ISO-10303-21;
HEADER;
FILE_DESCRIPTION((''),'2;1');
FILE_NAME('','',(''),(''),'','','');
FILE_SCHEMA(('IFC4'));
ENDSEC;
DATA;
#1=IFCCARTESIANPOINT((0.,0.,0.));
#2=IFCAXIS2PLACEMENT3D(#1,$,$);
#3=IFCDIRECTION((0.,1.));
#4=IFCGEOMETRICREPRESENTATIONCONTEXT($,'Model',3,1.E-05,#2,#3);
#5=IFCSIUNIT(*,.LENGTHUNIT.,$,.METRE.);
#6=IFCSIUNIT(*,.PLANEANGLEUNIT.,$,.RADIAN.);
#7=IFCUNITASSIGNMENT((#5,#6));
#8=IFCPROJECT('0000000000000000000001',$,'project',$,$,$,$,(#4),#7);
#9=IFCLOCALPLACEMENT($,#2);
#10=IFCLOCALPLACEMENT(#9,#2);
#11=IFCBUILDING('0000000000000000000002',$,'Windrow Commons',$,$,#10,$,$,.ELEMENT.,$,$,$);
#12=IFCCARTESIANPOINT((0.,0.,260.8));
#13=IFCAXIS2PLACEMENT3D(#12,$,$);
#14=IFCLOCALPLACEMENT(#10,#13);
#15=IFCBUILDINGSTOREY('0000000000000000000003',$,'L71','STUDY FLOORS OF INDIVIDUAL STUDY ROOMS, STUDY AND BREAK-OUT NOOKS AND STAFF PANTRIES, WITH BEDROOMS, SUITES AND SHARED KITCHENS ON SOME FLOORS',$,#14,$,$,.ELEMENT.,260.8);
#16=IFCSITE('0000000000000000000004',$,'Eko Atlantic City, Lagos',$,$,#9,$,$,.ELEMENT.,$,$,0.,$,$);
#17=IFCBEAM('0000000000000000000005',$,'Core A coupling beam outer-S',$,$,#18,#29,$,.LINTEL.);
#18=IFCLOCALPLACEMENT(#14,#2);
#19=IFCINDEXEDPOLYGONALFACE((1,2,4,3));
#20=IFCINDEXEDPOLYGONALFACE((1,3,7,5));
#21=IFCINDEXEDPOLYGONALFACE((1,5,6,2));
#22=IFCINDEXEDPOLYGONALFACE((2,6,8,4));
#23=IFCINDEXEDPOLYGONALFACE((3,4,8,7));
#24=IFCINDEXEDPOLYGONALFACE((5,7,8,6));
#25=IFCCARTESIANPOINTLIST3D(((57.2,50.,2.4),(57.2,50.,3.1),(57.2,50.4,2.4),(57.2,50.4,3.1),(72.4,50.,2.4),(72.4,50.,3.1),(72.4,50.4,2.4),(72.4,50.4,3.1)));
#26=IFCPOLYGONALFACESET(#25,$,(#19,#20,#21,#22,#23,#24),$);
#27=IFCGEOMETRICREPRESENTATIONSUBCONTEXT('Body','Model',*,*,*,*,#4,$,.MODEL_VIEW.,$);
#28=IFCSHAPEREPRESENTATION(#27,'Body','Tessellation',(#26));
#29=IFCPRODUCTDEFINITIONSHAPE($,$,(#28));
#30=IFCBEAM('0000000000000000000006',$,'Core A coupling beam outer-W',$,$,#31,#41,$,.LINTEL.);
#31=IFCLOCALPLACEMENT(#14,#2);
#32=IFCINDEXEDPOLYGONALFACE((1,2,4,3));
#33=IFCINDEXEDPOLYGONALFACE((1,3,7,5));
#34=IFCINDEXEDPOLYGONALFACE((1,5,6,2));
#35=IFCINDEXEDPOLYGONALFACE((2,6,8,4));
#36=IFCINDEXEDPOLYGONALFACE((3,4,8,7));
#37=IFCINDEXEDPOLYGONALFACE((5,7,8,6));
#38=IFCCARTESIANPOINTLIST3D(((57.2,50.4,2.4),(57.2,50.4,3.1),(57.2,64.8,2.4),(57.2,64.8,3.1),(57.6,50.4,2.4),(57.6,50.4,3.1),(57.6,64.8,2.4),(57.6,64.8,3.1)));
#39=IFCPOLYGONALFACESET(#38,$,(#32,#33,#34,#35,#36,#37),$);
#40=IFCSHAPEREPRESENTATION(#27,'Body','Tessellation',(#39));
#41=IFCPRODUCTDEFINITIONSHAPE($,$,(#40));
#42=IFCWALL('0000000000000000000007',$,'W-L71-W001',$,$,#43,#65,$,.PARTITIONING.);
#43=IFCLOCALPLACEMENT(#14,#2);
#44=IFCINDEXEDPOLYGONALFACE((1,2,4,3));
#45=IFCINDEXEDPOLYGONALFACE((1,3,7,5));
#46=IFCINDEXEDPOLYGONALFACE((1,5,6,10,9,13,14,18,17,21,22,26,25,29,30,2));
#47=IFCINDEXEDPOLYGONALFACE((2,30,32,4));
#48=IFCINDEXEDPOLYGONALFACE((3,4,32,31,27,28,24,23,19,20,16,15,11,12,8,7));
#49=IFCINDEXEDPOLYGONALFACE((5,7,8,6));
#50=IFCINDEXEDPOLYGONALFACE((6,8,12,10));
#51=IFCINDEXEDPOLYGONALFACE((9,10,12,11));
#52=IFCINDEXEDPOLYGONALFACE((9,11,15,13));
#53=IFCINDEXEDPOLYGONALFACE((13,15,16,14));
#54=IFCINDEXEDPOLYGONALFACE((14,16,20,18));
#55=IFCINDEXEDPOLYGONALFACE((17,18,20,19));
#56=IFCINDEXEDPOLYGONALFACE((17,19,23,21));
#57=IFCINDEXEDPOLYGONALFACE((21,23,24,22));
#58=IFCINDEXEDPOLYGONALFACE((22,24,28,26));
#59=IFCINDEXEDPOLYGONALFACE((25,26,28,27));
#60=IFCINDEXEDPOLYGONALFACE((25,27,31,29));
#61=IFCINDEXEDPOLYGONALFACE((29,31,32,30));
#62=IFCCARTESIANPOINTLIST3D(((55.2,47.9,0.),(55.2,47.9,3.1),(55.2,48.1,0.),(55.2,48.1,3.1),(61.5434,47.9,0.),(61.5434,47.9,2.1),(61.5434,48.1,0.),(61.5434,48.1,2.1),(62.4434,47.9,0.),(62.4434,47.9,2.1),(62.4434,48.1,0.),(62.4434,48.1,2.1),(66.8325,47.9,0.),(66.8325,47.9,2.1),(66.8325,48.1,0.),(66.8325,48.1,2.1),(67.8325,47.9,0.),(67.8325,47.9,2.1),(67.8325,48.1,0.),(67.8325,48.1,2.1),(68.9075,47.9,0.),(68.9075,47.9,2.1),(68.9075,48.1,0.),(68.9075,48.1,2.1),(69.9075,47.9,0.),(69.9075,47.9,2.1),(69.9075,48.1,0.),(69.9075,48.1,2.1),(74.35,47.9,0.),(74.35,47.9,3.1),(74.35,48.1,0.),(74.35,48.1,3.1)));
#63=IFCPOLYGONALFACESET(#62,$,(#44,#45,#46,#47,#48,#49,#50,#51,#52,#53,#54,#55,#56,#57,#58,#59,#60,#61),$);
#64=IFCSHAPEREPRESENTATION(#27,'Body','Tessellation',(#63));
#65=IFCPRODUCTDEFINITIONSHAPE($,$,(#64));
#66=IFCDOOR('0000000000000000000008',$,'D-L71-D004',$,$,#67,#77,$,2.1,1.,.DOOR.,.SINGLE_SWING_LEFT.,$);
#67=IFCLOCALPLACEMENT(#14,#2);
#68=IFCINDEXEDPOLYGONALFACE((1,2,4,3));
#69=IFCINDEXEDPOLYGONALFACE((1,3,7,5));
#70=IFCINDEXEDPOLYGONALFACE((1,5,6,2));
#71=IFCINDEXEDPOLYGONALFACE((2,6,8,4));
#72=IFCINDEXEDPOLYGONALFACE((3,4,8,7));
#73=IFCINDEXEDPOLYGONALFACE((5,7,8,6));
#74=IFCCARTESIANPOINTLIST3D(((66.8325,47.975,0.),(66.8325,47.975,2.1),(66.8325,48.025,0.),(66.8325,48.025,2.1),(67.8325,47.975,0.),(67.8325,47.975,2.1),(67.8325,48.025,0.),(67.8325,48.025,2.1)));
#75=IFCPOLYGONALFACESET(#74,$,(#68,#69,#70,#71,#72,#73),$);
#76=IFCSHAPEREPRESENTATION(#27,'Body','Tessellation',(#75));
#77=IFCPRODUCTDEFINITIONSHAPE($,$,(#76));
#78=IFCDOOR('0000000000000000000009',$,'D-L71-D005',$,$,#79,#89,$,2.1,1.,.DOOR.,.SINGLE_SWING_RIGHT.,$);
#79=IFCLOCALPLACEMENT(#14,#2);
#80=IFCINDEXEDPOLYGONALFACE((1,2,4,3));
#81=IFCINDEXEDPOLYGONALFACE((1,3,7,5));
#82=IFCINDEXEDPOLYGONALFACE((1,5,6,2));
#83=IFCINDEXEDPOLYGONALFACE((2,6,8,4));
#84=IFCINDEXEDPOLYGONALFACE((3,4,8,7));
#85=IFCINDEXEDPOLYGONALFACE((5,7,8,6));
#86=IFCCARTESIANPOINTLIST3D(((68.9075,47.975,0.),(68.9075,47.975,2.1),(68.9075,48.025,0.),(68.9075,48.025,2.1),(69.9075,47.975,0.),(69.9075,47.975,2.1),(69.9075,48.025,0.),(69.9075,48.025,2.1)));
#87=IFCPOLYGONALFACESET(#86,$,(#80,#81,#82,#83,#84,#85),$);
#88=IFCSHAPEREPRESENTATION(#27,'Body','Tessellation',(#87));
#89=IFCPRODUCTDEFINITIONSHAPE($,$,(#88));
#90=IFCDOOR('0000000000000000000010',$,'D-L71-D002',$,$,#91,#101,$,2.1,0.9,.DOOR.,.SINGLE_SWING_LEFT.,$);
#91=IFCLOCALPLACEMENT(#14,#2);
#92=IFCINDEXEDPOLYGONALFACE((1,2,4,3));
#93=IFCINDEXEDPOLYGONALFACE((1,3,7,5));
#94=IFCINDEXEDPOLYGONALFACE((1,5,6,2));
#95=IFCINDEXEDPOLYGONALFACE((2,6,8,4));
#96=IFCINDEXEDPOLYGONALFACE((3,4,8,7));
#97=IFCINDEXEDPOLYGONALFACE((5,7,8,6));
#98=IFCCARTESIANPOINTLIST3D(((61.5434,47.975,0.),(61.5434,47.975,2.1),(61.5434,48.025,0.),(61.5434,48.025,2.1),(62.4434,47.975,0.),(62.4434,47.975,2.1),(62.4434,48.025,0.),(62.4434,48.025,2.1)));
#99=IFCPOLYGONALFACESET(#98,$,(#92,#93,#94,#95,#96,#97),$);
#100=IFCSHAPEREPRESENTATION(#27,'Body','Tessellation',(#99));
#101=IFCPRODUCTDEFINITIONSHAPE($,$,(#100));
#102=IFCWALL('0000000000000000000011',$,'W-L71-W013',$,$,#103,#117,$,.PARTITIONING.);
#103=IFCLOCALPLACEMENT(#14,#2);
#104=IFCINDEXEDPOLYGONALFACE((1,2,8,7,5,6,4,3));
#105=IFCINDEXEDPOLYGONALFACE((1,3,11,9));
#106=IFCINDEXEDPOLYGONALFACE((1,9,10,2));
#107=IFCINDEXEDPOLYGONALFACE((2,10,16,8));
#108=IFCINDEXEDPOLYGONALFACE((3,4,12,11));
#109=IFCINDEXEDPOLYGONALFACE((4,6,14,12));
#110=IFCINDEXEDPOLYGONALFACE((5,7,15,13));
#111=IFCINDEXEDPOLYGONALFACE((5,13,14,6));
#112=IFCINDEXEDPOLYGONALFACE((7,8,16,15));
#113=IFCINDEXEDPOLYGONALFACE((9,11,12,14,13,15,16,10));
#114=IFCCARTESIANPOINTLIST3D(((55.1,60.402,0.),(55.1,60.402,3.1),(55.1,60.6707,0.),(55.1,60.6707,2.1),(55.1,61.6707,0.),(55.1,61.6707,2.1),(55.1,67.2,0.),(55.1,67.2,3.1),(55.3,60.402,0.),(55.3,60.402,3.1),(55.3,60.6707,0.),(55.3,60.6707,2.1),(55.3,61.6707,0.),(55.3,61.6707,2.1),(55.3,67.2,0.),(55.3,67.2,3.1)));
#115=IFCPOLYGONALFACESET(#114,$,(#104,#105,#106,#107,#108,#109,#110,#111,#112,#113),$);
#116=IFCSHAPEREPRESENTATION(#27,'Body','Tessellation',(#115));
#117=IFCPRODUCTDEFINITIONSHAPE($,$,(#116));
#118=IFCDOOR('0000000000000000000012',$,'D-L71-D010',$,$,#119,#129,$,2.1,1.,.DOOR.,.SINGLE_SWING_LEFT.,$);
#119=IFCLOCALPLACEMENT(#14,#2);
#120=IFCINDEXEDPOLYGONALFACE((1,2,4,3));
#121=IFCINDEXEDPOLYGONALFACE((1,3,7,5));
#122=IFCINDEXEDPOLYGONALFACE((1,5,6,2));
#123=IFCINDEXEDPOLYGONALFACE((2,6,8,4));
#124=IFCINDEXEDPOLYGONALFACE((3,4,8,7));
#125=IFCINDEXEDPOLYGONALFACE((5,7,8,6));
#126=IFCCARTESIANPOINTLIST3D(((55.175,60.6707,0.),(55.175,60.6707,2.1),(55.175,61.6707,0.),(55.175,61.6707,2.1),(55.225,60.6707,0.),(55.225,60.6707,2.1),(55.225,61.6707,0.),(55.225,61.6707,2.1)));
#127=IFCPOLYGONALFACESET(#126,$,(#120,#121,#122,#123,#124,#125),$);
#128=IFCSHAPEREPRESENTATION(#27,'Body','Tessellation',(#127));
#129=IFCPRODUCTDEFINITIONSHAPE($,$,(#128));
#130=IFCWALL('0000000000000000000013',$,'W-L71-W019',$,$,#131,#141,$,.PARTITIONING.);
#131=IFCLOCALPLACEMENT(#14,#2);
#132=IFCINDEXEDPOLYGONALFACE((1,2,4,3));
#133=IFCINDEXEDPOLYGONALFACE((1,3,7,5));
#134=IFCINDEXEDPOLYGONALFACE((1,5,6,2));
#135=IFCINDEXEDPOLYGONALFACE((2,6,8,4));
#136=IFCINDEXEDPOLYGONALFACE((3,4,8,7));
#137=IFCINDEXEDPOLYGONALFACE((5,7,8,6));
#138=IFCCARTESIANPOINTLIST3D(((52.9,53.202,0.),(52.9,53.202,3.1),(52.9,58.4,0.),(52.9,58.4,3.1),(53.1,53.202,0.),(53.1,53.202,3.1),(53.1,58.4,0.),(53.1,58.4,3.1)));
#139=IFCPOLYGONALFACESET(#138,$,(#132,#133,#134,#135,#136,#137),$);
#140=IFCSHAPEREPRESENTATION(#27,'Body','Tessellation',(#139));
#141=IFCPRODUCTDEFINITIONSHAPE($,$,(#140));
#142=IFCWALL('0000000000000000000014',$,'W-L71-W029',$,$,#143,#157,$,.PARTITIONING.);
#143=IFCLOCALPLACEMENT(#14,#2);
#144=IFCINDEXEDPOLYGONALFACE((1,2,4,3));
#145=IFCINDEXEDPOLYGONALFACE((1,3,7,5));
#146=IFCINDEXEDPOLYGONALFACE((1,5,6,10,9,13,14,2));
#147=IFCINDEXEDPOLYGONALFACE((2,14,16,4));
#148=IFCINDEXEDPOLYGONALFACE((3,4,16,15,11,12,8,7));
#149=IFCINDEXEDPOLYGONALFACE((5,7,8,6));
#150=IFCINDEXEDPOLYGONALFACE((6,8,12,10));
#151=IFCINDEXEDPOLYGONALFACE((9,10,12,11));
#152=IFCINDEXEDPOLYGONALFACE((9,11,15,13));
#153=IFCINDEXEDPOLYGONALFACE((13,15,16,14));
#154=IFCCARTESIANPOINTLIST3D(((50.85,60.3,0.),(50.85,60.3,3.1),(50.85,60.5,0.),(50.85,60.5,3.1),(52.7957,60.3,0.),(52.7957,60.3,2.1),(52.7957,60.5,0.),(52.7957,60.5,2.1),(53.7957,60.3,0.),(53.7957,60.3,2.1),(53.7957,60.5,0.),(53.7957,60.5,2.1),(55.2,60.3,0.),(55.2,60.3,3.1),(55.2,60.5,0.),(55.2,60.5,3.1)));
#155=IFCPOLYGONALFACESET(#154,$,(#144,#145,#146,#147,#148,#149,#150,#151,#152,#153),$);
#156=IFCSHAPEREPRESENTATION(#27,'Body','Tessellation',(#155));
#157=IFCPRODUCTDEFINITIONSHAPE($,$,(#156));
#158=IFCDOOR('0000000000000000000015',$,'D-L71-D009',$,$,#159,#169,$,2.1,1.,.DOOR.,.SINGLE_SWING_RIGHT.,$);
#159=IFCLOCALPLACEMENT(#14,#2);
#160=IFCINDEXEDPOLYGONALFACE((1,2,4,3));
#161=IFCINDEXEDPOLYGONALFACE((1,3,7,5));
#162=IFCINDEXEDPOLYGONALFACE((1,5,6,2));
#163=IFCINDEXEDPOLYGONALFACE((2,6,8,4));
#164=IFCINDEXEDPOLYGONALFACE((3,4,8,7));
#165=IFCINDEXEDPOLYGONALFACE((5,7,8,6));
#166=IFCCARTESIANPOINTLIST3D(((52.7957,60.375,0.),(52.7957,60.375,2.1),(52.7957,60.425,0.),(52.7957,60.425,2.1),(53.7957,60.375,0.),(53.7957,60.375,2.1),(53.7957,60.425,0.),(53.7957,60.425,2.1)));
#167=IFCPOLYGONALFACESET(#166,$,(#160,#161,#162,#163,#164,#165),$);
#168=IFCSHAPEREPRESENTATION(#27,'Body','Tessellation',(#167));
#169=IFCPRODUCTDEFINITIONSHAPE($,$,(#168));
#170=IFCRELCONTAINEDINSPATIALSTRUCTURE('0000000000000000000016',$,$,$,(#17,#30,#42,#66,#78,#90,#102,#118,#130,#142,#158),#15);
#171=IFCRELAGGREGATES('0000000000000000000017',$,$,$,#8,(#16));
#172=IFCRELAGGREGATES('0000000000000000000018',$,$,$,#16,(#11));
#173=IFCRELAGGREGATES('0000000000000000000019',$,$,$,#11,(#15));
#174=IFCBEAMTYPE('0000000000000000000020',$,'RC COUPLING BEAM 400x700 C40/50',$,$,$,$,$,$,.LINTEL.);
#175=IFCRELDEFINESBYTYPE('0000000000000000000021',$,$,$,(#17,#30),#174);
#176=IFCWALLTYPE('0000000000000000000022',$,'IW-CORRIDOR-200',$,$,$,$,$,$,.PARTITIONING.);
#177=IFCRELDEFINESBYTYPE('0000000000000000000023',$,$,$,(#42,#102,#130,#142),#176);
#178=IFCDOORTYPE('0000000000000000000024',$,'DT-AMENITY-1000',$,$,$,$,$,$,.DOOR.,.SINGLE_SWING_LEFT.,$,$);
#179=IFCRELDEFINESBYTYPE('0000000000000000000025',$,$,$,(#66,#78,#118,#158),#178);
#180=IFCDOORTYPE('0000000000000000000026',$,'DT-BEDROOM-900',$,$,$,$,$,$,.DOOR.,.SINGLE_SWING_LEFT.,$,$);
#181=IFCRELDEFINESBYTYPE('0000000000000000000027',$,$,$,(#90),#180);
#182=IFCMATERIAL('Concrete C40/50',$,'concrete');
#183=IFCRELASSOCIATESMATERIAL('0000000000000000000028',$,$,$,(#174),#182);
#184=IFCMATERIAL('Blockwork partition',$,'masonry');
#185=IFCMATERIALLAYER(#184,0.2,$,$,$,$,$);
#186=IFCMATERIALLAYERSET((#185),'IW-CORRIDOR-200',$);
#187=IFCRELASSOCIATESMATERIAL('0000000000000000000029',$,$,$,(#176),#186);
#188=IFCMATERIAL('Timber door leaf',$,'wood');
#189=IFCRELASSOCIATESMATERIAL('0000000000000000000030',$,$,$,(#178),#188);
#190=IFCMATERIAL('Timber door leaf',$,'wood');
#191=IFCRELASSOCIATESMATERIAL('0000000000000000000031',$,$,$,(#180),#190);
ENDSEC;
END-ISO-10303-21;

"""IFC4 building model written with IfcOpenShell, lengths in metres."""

from ifc_helpers import new_model, si_unit, direction, frame, frame_2d, origin, origin_2d, place, context, subcontext, project, spatial, rectangle, extrude, material, layer, layer_set, material_profile, profile_set, type_object, element, fill, save


model = new_model("IFC4")

# Units and contexts
model_context = context("Model", 3, precision=1e-05, world=origin(), true_north=direction((0.0, 1.0)))
body_context = subcontext(model_context, "Body", "Model", "MODEL_VIEW")
ifc_project = project(units=[si_unit("LENGTHUNIT", "METRE"), si_unit("PLANEANGLEUNIT", "RADIAN")], contexts=[model_context])

# Site, building, storey
site_placement = place(None, origin())
site = spatial("IfcSite", under=ifc_project, at=site_placement, Name="Eko Atlantic City, Lagos", CompositionType="ELEMENT", RefElevation=0.0)
building_placement = place(site_placement, origin())
building = spatial("IfcBuilding", under=site, at=building_placement, Name="Windrow Commons", CompositionType="ELEMENT")
storey_placement = place(building_placement, frame((0.0, 0.0, 260.8)))
storey = spatial("IfcBuildingStorey", under=building, at=storey_placement, Name="L71", Description="STUDY FLOORS OF INDIVIDUAL STUDY ROOMS, STUDY AND BREAK-OUT NOOKS AND STAFF PANTRIES, WITH BEDROOMS, SUITES AND SHARED KITCHENS ON SOME FLOORS", CompositionType="ELEMENT", Elevation=260.8)

# Beams
ifc_material_1 = material(Name="Concrete C40/50", Category="concrete")
ifc_material_profile = material_profile(ifc_material_1, rectangle(XDim=0.4, YDim=0.7, at=origin_2d()))
ifc_profile_set = profile_set([ifc_material_profile], Name="Concrete C40/50")
beam_type = type_object("IfcBeamType", Name="RC COUPLING BEAM 400x700 C40/50", PredefinedType="LINTEL", material=ifc_profile_set)
beam_1_placement = place(storey_placement, frame((57.2, 50.2, 2.75), z_axis=(1.0, 0.0, 0.0), x_axis=(0.0, 1.0, 0.0)))
element("IfcBeam", 1, at=beam_1_placement, inside=storey, type_object=beam_type, Name="Core A coupling beam outer-S", PredefinedType="LINTEL", context=body_context, shape_type="SweptSolid", body=[
    extrude(rectangle(XDim=0.4, YDim=0.7, at=origin_2d()), origin(), (0.0, 0.0, 1.0), 15.2),
])
beam_2_placement = place(storey_placement, frame((57.4, 50.4, 2.75), z_axis=(0.0, 1.0, 0.0), x_axis=(-1.0, 0.0, 0.0)))
element("IfcBeam", 2, at=beam_2_placement, inside=storey, type_object=beam_type, Name="Core A coupling beam outer-W", PredefinedType="LINTEL", context=body_context, shape_type="SweptSolid", body=[
    extrude(rectangle(XDim=0.4, YDim=0.7, at=origin_2d()), origin(), (0.0, 0.0, 1.0), 14.4),
])

# Wall, openings, doors
ifc_material_2 = material(Name="Blockwork partition", Category="masonry")
ifc_layer_1 = layer(ifc_material_2, 0.2)
ifc_layer_set_1 = layer_set([ifc_layer_1], Name="IW-CORRIDOR-200")
wall_type_1 = type_object("IfcWallType", Name="IW-CORRIDOR-200", PredefinedType="PARTITIONING", material=ifc_layer_set_1)
wall_1_placement = place(storey_placement, frame((55.2, 48.0, 0.0), z_axis=(0.0, 0.0, 1.0), x_axis=(1.0, 0.0, 0.0)))
wall_1 = element("IfcWall", 3, at=wall_1_placement, inside=storey, type_object=wall_type_1, Name="W-L71-W001", PredefinedType="PARTITIONING", context=body_context, shape_type="SweptSolid", body=[
    extrude(rectangle(XDim=19.15, YDim=0.2, at=frame_2d((9.575, 0.0))), origin(), (0.0, 0.0, 1.0), 3.1),
])
opening_1_placement = place(wall_1_placement, frame((6.3434, 0.0, 0.0)))
opening_1 = element("IfcOpeningElement", 4, at=opening_1_placement, cuts=wall_1, PredefinedType="OPENING", context=body_context, shape_type="SweptSolid", body=[
    extrude(rectangle(XDim=0.9, YDim=2.1, at=frame_2d((0.45, 1.05))), frame((0.0, 0.11, 0.0), z_axis=(0.0, -1.0, 0.0), x_axis=(1.0, 0.0, 0.0)), (0.0, 0.0, 1.0), 0.22),
])
opening_2_placement = place(wall_1_placement, frame((11.6325, 0.0, 0.0)))
opening_2 = element("IfcOpeningElement", 5, at=opening_2_placement, cuts=wall_1, PredefinedType="OPENING", context=body_context, shape_type="SweptSolid", body=[
    extrude(rectangle(XDim=1.0, YDim=2.1, at=frame_2d((0.5, 1.05))), frame((0.0, 0.11, 0.0), z_axis=(0.0, -1.0, 0.0), x_axis=(1.0, 0.0, 0.0)), (0.0, 0.0, 1.0), 0.22),
])
opening_3_placement = place(wall_1_placement, frame((13.7075, 0.0, 0.0)))
opening_3 = element("IfcOpeningElement", 6, at=opening_3_placement, cuts=wall_1, PredefinedType="OPENING", context=body_context, shape_type="SweptSolid", body=[
    extrude(rectangle(XDim=1.0, YDim=2.1, at=frame_2d((0.5, 1.05))), frame((0.0, 0.11, 0.0), z_axis=(0.0, -1.0, 0.0), x_axis=(1.0, 0.0, 0.0)), (0.0, 0.0, 1.0), 0.22),
])
ifc_material_3 = material(Name="Timber door leaf", Category="wood")
door_type_1 = type_object("IfcDoorType", Name="DT-AMENITY-1000", OperationType="SINGLE_SWING_LEFT", PredefinedType="DOOR", material=ifc_material_3)
door_1_placement = place(opening_2_placement, origin())
door_1 = element("IfcDoor", 7, at=door_1_placement, inside=storey, type_object=door_type_1, Name="D-L71-D004", OperationType="SINGLE_SWING_LEFT", OverallHeight=2.1, OverallWidth=1.0, PredefinedType="DOOR", context=body_context, shape_type="SweptSolid", body=[
    extrude(rectangle(XDim=1.0, YDim=2.1, at=frame_2d((0.5, 1.05))), frame((0.0, 0.025, 0.0), z_axis=(0.0, -1.0, 0.0), x_axis=(1.0, 0.0, 0.0)), (0.0, 0.0, 1.0), 0.05),
])
fill(opening_2, door_1)
door_2_placement = place(opening_3_placement, origin())
door_2 = element("IfcDoor", 8, at=door_2_placement, inside=storey, type_object=door_type_1, Name="D-L71-D005", OperationType="SINGLE_SWING_RIGHT", OverallHeight=2.1, OverallWidth=1.0, PredefinedType="DOOR", context=body_context, shape_type="SweptSolid", body=[
    extrude(rectangle(XDim=1.0, YDim=2.1, at=frame_2d((0.5, 1.05))), frame((0.0, 0.025, 0.0), z_axis=(0.0, -1.0, 0.0), x_axis=(1.0, 0.0, 0.0)), (0.0, 0.0, 1.0), 0.05),
])
fill(opening_3, door_2)
ifc_material_4 = material(Name="Timber door leaf", Category="wood")
door_type_2 = type_object("IfcDoorType", Name="DT-BEDROOM-900", OperationType="SINGLE_SWING_LEFT", PredefinedType="DOOR", material=ifc_material_4)
door_3_placement = place(opening_1_placement, origin())
door_3 = element("IfcDoor", 9, at=door_3_placement, inside=storey, type_object=door_type_2, Name="D-L71-D002", OperationType="SINGLE_SWING_LEFT", OverallHeight=2.1, OverallWidth=0.9, PredefinedType="DOOR", context=body_context, shape_type="SweptSolid", body=[
    extrude(rectangle(XDim=0.9, YDim=2.1, at=frame_2d((0.45, 1.05))), frame((0.0, 0.025, 0.0), z_axis=(0.0, -1.0, 0.0), x_axis=(1.0, 0.0, 0.0)), (0.0, 0.0, 1.0), 0.05),
])
fill(opening_1, door_3)

# Wall, opening, door
wall_2_placement = place(storey_placement, frame((55.2, 60.402, 0.0), z_axis=(0.0, 0.0, 1.0), x_axis=(0.0, 1.0, 0.0)))
wall_2 = element("IfcWall", 10, at=wall_2_placement, inside=storey, type_object=wall_type_1, Name="W-L71-W013", PredefinedType="PARTITIONING", context=body_context, shape_type="SweptSolid", body=[
    extrude(rectangle(XDim=6.798, YDim=0.2, at=frame_2d((3.399, 0.0))), origin(), (0.0, 0.0, 1.0), 3.1),
])
opening_4_placement = place(wall_2_placement, frame((0.2687, 0.0, 0.0)))
opening_4 = element("IfcOpeningElement", 11, at=opening_4_placement, cuts=wall_2, PredefinedType="OPENING", context=body_context, shape_type="SweptSolid", body=[
    extrude(rectangle(XDim=1.0, YDim=2.1, at=frame_2d((0.5, 1.05))), frame((0.0, 0.11, 0.0), z_axis=(0.0, -1.0, 0.0), x_axis=(1.0, 0.0, 0.0)), (0.0, 0.0, 1.0), 0.22),
])
door_4_placement = place(opening_4_placement, origin())
door_4 = element("IfcDoor", 12, at=door_4_placement, inside=storey, type_object=door_type_1, Name="D-L71-D010", OperationType="SINGLE_SWING_LEFT", OverallHeight=2.1, OverallWidth=1.0, PredefinedType="DOOR", context=body_context, shape_type="SweptSolid", body=[
    extrude(rectangle(XDim=1.0, YDim=2.1, at=frame_2d((0.5, 1.05))), frame((0.0, 0.025, 0.0), z_axis=(0.0, -1.0, 0.0), x_axis=(1.0, 0.0, 0.0)), (0.0, 0.0, 1.0), 0.05),
])
fill(opening_4, door_4)

# Wall
wall_3_placement = place(storey_placement, frame((53.0, 53.202, 0.0), z_axis=(0.0, 0.0, 1.0), x_axis=(0.0, 1.0, 0.0)))
element("IfcWall", 13, at=wall_3_placement, inside=storey, type_object=wall_type_1, Name="W-L71-W019", PredefinedType="PARTITIONING", context=body_context, shape_type="SweptSolid", body=[
    extrude(rectangle(XDim=5.198, YDim=0.2, at=frame_2d((2.599, 0.0))), origin(), (0.0, 0.0, 1.0), 3.1),
])

# Wall, opening, door
wall_4_placement = place(storey_placement, frame((50.85, 60.4, 0.0), z_axis=(0.0, 0.0, 1.0), x_axis=(1.0, 0.0, 0.0)))
wall_4 = element("IfcWall", 14, at=wall_4_placement, inside=storey, type_object=wall_type_1, Name="W-L71-W029", PredefinedType="PARTITIONING", context=body_context, shape_type="SweptSolid", body=[
    extrude(rectangle(XDim=4.35, YDim=0.2, at=frame_2d((2.175, 0.0))), origin(), (0.0, 0.0, 1.0), 3.1),
])
opening_5_placement = place(wall_4_placement, frame((1.9457, 0.0, 0.0)))
opening_5 = element("IfcOpeningElement", 15, at=opening_5_placement, cuts=wall_4, PredefinedType="OPENING", context=body_context, shape_type="SweptSolid", body=[
    extrude(rectangle(XDim=1.0, YDim=2.1, at=frame_2d((0.5, 1.05))), frame((0.0, 0.11, 0.0), z_axis=(0.0, -1.0, 0.0), x_axis=(1.0, 0.0, 0.0)), (0.0, 0.0, 1.0), 0.22),
])
door_5_placement = place(opening_5_placement, origin())
door_5 = element("IfcDoor", 16, at=door_5_placement, inside=storey, type_object=door_type_1, Name="D-L71-D009", OperationType="SINGLE_SWING_RIGHT", OverallHeight=2.1, OverallWidth=1.0, PredefinedType="DOOR", context=body_context, shape_type="SweptSolid", body=[
    extrude(rectangle(XDim=1.0, YDim=2.1, at=frame_2d((0.5, 1.05))), frame((0.0, 0.025, 0.0), z_axis=(0.0, -1.0, 0.0), x_axis=(1.0, 0.0, 0.0)), (0.0, 0.0, 1.0), 0.05),
])
fill(opening_5, door_5)

save(model, "model.ifc")
